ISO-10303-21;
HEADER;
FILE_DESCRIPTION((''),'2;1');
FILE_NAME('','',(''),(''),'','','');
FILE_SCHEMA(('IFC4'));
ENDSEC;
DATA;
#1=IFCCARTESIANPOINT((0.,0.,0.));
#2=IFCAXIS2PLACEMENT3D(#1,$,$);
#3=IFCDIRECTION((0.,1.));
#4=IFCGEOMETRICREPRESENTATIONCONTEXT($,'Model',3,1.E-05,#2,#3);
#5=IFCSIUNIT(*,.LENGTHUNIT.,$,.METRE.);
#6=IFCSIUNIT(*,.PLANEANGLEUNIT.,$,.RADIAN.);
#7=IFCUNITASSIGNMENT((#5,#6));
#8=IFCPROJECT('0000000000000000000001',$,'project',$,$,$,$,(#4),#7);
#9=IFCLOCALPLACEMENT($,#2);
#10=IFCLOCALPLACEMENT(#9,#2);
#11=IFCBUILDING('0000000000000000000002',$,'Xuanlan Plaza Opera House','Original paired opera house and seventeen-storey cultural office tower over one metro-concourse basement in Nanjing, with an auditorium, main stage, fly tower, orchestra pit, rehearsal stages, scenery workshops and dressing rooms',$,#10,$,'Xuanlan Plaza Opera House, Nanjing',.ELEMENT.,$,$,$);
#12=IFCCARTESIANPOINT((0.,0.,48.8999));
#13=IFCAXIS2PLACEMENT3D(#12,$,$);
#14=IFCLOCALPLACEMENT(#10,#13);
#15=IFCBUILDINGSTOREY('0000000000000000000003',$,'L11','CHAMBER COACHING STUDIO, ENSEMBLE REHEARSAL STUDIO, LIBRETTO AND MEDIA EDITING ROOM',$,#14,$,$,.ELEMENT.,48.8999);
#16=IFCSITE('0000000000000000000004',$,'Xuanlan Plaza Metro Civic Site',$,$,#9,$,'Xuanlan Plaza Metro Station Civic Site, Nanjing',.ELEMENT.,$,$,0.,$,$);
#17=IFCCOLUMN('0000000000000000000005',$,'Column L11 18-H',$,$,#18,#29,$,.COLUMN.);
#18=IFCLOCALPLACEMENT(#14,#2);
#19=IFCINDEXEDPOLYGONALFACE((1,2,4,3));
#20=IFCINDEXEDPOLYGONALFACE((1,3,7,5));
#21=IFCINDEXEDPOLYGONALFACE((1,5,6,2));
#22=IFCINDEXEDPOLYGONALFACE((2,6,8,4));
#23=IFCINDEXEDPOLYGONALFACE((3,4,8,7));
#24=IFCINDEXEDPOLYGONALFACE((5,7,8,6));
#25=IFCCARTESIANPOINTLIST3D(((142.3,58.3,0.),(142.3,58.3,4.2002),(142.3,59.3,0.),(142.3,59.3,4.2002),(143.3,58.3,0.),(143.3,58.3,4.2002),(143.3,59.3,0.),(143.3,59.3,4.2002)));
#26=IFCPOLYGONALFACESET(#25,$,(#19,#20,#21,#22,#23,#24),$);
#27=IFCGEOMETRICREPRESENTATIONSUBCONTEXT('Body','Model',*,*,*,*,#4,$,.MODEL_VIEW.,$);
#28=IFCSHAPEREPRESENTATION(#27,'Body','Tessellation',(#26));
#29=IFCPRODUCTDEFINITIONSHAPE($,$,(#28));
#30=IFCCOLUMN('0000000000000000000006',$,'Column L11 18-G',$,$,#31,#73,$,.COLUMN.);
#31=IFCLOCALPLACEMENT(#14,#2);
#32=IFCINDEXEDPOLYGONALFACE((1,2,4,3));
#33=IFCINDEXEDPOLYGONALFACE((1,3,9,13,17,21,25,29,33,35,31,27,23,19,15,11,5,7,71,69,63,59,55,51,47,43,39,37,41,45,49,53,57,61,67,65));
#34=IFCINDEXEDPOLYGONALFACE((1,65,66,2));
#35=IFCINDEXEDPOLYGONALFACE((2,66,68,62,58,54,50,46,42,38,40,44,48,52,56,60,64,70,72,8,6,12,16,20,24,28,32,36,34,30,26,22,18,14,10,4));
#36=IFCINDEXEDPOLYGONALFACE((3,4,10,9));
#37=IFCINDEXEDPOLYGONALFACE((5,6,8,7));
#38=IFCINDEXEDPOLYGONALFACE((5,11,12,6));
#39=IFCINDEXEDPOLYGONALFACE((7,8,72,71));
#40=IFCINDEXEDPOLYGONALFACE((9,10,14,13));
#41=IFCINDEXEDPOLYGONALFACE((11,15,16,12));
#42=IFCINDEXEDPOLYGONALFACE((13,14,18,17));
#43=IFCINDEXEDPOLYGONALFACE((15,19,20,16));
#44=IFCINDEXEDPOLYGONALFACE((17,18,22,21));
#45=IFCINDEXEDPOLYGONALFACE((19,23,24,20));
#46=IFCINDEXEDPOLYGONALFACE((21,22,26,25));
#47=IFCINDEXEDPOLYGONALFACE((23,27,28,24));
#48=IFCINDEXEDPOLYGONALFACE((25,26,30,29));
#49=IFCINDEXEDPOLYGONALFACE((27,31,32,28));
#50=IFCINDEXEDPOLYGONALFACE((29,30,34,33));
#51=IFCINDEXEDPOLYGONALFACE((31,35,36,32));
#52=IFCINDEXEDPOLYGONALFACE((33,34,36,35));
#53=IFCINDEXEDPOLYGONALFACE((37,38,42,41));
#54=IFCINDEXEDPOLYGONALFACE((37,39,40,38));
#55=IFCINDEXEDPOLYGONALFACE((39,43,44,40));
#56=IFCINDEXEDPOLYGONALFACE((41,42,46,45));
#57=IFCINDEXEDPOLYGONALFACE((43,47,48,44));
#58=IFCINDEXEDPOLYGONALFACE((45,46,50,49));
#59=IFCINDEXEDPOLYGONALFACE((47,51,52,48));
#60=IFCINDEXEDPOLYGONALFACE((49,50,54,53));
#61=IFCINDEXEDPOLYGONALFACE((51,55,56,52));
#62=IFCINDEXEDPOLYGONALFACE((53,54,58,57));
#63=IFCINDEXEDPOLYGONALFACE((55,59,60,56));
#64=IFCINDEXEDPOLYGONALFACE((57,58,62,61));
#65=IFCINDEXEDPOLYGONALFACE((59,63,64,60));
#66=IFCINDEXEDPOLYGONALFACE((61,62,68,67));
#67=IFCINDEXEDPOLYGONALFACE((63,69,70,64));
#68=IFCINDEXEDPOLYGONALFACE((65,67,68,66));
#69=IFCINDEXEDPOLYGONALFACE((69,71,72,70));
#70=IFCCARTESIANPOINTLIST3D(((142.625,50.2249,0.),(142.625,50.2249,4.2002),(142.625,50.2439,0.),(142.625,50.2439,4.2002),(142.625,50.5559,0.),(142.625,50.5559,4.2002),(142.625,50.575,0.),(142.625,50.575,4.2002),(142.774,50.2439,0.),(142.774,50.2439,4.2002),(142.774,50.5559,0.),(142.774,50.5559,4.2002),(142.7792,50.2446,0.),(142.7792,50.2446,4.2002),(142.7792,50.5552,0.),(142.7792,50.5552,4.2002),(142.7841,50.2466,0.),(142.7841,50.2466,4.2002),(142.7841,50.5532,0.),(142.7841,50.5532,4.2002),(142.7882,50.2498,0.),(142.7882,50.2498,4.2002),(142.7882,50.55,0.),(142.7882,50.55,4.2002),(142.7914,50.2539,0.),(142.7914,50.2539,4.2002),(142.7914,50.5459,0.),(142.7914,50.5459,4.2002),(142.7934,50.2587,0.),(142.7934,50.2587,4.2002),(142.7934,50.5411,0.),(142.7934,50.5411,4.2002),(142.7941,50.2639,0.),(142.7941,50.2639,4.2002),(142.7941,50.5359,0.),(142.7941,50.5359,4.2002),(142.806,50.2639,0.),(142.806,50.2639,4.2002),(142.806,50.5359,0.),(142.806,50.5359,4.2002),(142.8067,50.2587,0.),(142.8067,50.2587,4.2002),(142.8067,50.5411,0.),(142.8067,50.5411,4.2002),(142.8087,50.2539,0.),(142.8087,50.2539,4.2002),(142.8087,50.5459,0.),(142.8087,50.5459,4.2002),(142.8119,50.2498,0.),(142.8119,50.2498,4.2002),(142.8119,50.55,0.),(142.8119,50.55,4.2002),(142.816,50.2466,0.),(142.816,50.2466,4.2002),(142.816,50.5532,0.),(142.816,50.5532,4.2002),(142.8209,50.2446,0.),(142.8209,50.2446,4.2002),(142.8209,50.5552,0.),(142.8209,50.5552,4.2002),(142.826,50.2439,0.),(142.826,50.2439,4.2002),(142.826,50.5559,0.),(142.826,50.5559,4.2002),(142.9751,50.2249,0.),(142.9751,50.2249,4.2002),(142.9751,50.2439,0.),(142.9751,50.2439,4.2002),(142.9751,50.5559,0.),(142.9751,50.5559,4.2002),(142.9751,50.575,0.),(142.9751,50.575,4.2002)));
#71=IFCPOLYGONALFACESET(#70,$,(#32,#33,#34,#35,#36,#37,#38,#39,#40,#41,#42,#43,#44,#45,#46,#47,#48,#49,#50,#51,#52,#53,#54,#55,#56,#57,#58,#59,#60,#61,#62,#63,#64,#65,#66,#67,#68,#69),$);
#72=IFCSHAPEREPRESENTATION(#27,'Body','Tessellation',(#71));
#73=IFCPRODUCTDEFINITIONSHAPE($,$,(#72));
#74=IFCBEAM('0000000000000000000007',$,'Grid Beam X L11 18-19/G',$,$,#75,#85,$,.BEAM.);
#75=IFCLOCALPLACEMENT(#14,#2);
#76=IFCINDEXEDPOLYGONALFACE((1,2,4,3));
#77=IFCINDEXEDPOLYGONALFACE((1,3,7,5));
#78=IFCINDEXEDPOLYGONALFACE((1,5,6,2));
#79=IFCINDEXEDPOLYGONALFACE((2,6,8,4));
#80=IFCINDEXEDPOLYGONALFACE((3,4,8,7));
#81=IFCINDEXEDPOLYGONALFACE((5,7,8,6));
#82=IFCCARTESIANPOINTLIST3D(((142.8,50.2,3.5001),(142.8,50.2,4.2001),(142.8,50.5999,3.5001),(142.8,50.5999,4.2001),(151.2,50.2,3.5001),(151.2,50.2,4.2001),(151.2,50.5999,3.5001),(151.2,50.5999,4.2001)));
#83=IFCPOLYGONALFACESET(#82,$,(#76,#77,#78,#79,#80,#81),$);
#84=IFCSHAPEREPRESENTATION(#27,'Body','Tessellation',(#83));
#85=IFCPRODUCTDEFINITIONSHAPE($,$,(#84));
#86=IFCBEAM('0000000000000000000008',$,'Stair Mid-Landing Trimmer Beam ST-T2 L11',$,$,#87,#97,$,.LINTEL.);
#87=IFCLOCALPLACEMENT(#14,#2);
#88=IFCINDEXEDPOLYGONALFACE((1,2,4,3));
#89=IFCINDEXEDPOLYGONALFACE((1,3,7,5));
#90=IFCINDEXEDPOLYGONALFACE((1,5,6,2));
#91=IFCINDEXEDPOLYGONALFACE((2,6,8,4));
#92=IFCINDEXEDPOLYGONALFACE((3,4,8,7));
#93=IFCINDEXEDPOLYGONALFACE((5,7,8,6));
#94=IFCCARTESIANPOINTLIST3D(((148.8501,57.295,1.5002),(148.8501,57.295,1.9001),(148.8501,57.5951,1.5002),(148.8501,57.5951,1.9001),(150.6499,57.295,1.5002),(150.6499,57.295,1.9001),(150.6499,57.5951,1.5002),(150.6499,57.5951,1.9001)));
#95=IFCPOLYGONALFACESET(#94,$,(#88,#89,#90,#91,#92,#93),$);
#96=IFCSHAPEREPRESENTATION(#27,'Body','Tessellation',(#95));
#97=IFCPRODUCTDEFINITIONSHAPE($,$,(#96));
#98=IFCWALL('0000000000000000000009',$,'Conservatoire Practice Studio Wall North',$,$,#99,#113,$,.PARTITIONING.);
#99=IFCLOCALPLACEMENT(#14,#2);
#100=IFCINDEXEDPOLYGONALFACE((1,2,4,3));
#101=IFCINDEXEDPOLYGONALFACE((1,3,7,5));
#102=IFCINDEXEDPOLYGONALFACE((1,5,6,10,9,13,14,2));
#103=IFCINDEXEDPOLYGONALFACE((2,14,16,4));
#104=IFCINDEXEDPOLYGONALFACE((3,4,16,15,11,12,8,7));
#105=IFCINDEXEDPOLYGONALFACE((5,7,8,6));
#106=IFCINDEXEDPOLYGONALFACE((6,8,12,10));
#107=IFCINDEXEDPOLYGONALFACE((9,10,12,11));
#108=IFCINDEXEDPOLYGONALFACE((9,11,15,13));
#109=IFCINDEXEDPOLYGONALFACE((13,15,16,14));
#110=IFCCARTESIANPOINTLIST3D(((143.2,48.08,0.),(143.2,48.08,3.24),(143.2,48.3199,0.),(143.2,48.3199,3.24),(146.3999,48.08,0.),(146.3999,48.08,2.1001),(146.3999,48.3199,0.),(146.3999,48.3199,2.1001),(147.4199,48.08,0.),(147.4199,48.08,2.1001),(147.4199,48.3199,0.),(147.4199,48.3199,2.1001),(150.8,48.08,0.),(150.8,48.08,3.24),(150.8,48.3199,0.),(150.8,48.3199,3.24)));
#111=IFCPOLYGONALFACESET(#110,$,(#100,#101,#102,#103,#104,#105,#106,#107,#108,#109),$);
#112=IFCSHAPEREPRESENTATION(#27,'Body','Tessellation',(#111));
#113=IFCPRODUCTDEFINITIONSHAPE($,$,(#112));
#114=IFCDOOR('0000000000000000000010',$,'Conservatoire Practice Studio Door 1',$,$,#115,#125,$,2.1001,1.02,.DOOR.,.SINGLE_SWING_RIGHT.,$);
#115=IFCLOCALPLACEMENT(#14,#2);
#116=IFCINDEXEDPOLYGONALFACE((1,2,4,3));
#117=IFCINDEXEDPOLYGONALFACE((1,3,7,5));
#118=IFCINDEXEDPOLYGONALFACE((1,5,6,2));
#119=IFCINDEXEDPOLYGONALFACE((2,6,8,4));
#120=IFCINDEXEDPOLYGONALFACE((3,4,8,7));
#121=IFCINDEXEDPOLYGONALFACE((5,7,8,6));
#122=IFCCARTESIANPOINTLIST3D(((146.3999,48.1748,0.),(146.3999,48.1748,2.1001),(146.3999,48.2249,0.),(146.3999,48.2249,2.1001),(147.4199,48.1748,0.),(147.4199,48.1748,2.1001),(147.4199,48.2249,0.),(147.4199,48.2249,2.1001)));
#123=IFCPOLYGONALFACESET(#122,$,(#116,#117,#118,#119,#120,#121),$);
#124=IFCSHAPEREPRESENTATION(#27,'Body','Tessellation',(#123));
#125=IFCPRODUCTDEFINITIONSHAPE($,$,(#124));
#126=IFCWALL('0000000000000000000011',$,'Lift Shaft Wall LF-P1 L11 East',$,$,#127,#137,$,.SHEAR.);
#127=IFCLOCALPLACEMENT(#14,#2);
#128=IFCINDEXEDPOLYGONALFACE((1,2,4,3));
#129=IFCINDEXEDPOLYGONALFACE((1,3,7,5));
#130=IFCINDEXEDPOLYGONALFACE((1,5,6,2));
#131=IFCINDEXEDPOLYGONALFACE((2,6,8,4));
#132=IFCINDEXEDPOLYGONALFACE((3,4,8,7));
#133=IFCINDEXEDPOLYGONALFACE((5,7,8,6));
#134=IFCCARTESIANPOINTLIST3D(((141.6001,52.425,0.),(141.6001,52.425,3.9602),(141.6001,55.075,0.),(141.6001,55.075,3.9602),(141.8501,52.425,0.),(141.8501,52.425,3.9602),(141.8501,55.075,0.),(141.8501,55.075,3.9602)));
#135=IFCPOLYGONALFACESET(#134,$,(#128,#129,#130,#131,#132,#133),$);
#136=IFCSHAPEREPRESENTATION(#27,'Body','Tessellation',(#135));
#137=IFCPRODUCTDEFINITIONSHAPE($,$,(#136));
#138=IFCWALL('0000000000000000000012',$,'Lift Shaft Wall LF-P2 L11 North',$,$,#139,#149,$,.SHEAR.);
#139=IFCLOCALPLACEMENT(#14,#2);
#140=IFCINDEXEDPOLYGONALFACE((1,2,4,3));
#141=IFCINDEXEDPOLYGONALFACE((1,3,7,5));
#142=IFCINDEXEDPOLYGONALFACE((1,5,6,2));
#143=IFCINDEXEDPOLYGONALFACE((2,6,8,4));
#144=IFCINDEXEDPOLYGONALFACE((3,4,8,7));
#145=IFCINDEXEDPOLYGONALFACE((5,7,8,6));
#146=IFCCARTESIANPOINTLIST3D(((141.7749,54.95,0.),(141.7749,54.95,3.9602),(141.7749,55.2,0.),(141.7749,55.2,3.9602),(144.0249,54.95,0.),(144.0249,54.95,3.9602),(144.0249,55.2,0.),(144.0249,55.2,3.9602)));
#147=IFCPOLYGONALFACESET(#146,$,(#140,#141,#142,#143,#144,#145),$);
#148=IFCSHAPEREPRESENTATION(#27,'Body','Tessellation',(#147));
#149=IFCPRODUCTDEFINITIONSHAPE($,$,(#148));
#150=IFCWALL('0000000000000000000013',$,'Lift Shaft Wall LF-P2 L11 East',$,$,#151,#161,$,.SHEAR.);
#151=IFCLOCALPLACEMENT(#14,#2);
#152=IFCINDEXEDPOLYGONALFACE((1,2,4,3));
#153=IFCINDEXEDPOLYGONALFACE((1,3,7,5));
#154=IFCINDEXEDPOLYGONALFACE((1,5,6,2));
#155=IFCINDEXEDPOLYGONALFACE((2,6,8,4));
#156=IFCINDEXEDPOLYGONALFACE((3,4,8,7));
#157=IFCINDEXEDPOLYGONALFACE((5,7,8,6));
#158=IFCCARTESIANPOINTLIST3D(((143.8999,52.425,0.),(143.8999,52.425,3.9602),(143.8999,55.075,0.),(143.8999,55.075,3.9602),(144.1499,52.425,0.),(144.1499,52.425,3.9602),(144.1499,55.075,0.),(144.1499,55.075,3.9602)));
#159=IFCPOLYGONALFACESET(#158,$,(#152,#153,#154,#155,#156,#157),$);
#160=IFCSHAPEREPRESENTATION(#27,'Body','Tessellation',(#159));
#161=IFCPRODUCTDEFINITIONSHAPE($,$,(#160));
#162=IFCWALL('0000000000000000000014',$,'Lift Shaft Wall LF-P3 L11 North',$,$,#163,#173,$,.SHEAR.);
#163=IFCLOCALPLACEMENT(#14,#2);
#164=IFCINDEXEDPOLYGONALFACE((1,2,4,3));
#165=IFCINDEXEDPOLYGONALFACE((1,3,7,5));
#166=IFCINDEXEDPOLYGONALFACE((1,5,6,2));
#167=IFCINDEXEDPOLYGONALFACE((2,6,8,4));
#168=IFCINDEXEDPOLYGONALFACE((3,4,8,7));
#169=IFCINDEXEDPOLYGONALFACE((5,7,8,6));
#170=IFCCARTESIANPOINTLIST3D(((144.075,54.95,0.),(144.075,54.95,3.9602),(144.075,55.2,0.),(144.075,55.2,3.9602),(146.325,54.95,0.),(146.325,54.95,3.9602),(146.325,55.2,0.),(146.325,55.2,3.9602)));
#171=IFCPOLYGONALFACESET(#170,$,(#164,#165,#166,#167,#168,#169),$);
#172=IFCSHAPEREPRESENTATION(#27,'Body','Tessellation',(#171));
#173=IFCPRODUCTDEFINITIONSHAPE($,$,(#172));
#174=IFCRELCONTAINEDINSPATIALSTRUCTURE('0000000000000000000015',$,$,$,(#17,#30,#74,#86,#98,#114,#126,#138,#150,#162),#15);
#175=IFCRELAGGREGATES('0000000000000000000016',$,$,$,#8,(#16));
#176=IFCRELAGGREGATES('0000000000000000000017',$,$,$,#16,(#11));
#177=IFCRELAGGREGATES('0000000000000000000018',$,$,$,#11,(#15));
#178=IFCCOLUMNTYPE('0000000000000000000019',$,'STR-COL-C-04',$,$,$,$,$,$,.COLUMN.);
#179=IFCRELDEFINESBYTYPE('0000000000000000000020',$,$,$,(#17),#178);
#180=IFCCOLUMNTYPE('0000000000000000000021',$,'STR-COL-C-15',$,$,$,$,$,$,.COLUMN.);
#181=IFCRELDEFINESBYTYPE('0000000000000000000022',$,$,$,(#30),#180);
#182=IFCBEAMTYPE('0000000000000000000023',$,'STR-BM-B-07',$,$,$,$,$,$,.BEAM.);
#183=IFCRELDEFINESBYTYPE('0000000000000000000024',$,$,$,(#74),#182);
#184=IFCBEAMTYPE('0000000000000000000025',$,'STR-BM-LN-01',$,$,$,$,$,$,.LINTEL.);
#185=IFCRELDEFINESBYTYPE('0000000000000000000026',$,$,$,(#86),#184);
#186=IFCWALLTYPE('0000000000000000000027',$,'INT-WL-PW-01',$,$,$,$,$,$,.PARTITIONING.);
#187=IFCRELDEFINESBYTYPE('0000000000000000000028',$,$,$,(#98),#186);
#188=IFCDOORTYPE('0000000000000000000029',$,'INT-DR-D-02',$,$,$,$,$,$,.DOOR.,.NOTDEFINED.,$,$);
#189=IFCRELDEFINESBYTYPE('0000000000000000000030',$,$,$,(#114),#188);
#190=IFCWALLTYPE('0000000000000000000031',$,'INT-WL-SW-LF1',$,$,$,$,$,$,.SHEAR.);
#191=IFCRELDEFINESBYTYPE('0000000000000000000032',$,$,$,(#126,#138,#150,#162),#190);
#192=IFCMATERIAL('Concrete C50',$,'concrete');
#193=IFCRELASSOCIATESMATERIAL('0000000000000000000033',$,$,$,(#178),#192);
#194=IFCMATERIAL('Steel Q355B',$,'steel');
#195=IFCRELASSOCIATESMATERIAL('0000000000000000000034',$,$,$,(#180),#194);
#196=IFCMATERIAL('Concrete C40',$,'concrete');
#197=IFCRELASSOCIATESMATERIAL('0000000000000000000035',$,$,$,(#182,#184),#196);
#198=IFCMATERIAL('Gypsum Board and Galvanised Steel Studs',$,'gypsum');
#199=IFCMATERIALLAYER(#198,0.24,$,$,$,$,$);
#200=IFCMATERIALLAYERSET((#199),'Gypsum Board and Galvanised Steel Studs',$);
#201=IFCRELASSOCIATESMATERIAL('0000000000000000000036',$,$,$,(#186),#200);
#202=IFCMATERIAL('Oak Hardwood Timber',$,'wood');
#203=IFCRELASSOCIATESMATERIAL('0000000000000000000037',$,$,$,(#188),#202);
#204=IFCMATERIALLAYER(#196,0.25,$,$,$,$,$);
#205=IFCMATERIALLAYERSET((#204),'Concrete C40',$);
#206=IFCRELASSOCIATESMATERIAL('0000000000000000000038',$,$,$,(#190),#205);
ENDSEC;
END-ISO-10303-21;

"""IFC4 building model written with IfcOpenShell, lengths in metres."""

from ifc_helpers import new_model, si_unit, direction, frame, frame_2d, origin, origin_2d, place, context, subcontext, project, spatial, rectangle, i_section, extrude, material, layer, layer_set, material_profile, profile_set, type_object, element, fill, save


model = new_model("IFC4")

# Units and contexts
model_context = context("Model", 3, precision=1e-05, world=origin(), true_north=direction((0.0, 1.0)))
body_context = subcontext(model_context, "Body", "Model", "MODEL_VIEW")
ifc_project = project(units=[si_unit("LENGTHUNIT", "METRE"), si_unit("PLANEANGLEUNIT", "RADIAN")], contexts=[model_context])

# Site, building, storey
site_placement = place(None, origin())
site = spatial("IfcSite", under=ifc_project, at=site_placement, Name="Xuanlan Plaza Metro Civic Site", LongName="Xuanlan Plaza Metro Station Civic Site, Nanjing", CompositionType="ELEMENT", RefElevation=0.0)
building_placement = place(site_placement, origin())
building = spatial("IfcBuilding", under=site, at=building_placement, Name="Xuanlan Plaza Opera House", Description="Original paired opera house and seventeen-storey cultural office tower over one metro-concourse basement in Nanjing, with an auditorium, main stage, fly tower, orchestra pit, rehearsal stages, scenery workshops and dressing rooms", LongName="Xuanlan Plaza Opera House, Nanjing", CompositionType="ELEMENT")
storey_placement = place(building_placement, frame((0.0, 0.0, 48.8999)))
storey = spatial("IfcBuildingStorey", under=building, at=storey_placement, Name="L11", Description="CHAMBER COACHING STUDIO, ENSEMBLE REHEARSAL STUDIO, LIBRETTO AND MEDIA EDITING ROOM", CompositionType="ELEMENT", Elevation=48.8999)

# Columns
ifc_material_1 = material(Name="Concrete C50", Category="concrete")
ifc_material_profile_1 = material_profile(ifc_material_1, rectangle(XDim=1.0, YDim=1.0, at=origin_2d()), Name="RC-COL 1000x1000")
ifc_profile_set_1 = profile_set([ifc_material_profile_1], Name="Concrete C50")
column_type_1 = type_object("IfcColumnType", Name="STR-COL-C-04", PredefinedType="COLUMN", material=ifc_profile_set_1)
column_1_placement = place(storey_placement, frame((142.8, 58.8, 0.0), z_axis=(0.0, 0.0, 1.0), x_axis=(1.0, 0.0, 0.0)))
element("IfcColumn", 1, at=column_1_placement, inside=storey, type_object=column_type_1, Name="Column L11 18-H", PredefinedType="COLUMN", context=body_context, shape_type="SweptSolid", body=[
    extrude(rectangle(XDim=1.0, YDim=1.0, at=origin_2d()), origin(), (0.0, 0.0, 1.0), 4.2002),
])
ifc_material_2 = material(Name="Steel Q355B", Category="steel")
ifc_material_profile_2 = material_profile(ifc_material_2, i_section(OverallWidth=0.3501, OverallDepth=0.3501, WebThickness=0.012, FlangeThickness=0.019, FilletRadius=0.02, at=origin_2d()), Name="HW 350x350x12x19")
ifc_profile_set_2 = profile_set([ifc_material_profile_2], Name="Steel Q355B")
column_type_2 = type_object("IfcColumnType", Name="STR-COL-C-15", PredefinedType="COLUMN", material=ifc_profile_set_2)
column_2_placement = place(storey_placement, frame((142.8, 50.3999, 0.0), z_axis=(0.0, 0.0, 1.0), x_axis=(1.0, 0.0, 0.0)))
element("IfcColumn", 2, at=column_2_placement, inside=storey, type_object=column_type_2, Name="Column L11 18-G", PredefinedType="COLUMN", context=body_context, shape_type="SweptSolid", body=[
    extrude(i_section(OverallWidth=0.3501, OverallDepth=0.3501, WebThickness=0.012, FlangeThickness=0.019, FilletRadius=0.02, at=origin_2d()), origin(), (0.0, 0.0, 1.0), 4.2002),
])

# Beams
ifc_material_3 = material(Name="Concrete C40", Category="concrete")
ifc_material_profile_3 = material_profile(ifc_material_3, rectangle(XDim=0.3999, YDim=0.7, at=origin_2d()), Name="RC-BM 400x700")
ifc_profile_set_3 = profile_set([ifc_material_profile_3], Name="Concrete C40")
beam_type_1 = type_object("IfcBeamType", Name="STR-BM-B-07", PredefinedType="BEAM", material=ifc_profile_set_3)
beam_1_placement = place(storey_placement, frame((142.8, 50.3999, 3.8501), z_axis=(1.0, 0.0, 0.0), x_axis=(0.0, 1.0, 0.0)))
element("IfcBeam", 3, at=beam_1_placement, inside=storey, type_object=beam_type_1, Name="Grid Beam X L11 18-19/G", PredefinedType="BEAM", context=body_context, shape_type="SweptSolid", body=[
    extrude(rectangle(XDim=0.3999, YDim=0.7, at=origin_2d()), origin(), (0.0, 0.0, 1.0), 8.3999),
])
ifc_material_profile_4 = material_profile(ifc_material_3, rectangle(XDim=0.3, YDim=0.3999, at=origin_2d()), Name="RC-LNT 300x400")
ifc_profile_set_4 = profile_set([ifc_material_profile_4], Name="Concrete C40")
beam_type_2 = type_object("IfcBeamType", Name="STR-BM-LN-01", PredefinedType="LINTEL", material=ifc_profile_set_4)
beam_2_placement = place(storey_placement, frame((148.8501, 57.4451, 1.7002), z_axis=(1.0, 0.0, 0.0), x_axis=(0.0, 1.0, 0.0)))
element("IfcBeam", 4, at=beam_2_placement, inside=storey, type_object=beam_type_2, Name="Stair Mid-Landing Trimmer Beam ST-T2 L11", PredefinedType="LINTEL", context=body_context, shape_type="SweptSolid", body=[
    extrude(rectangle(XDim=0.3, YDim=0.3999, at=origin_2d()), origin(), (0.0, 0.0, 1.0), 1.7998),
])

# Wall, opening, door
ifc_material_4 = material(Name="Gypsum Board and Galvanised Steel Studs", Category="gypsum")
ifc_layer_1 = layer(ifc_material_4, 0.24)
ifc_layer_set_1 = layer_set([ifc_layer_1], Name="Gypsum Board and Galvanised Steel Studs")
wall_type_1 = type_object("IfcWallType", Name="INT-WL-PW-01", PredefinedType="PARTITIONING", material=ifc_layer_set_1)
wall_1_placement = place(storey_placement, frame((143.2, 48.2, 0.0), z_axis=(0.0, 0.0, 1.0), x_axis=(1.0, 0.0, 0.0)))
wall_1 = element("IfcWall", 5, at=wall_1_placement, inside=storey, type_object=wall_type_1, Name="Conservatoire Practice Studio Wall North", PredefinedType="PARTITIONING", context=body_context, shape_type="SweptSolid", body=[
    extrude(rectangle(XDim=7.6001, YDim=0.24, at=frame_2d((3.8, 0.0))), origin(), (0.0, 0.0, 1.0), 3.24),
])
opening_1_placement = place(wall_1_placement, frame((3.2, 0.0, 0.0)))
opening_1 = element("IfcOpeningElement", 6, at=opening_1_placement, cuts=wall_1, PredefinedType="OPENING", context=body_context, shape_type="SweptSolid", body=[
    extrude(rectangle(XDim=1.02, YDim=2.1001, at=frame_2d((0.51, 1.05))), frame((0.0, 0.1299, 0.0), z_axis=(0.0, -1.0, 0.0), x_axis=(1.0, 0.0, 0.0)), (0.0, 0.0, 1.0), 0.26),
])
ifc_material_5 = material(Name="Oak Hardwood Timber", Category="wood")
door_type_1 = type_object("IfcDoorType", Name="INT-DR-D-02", OperationType="NOTDEFINED", PredefinedType="DOOR", material=ifc_material_5)
door_1_placement = place(opening_1_placement, origin())
door_1 = element("IfcDoor", 7, at=door_1_placement, inside=storey, type_object=door_type_1, Name="Conservatoire Practice Studio Door 1", OperationType="SINGLE_SWING_RIGHT", OverallHeight=2.1001, OverallWidth=1.02, PredefinedType="DOOR", context=body_context, shape_type="SweptSolid", body=[
    extrude(rectangle(XDim=1.02, YDim=2.1001, at=frame_2d((0.51, 1.05))), frame((0.0, 0.0249, 0.0), z_axis=(0.0, -1.0, 0.0), x_axis=(1.0, 0.0, 0.0)), (0.0, 0.0, 1.0), 0.05),
])
fill(opening_1, door_1)

# Wall
ifc_layer_2 = layer(ifc_material_3, 0.25)
ifc_layer_set_2 = layer_set([ifc_layer_2], Name="Concrete C40")
wall_type_2 = type_object("IfcWallType", Name="INT-WL-SW-LF1", PredefinedType="SHEAR", material=ifc_layer_set_2)
wall_2_placement = place(storey_placement, frame((141.7251, 52.425, 0.0), z_axis=(0.0, 0.0, 1.0), x_axis=(0.0, 1.0, 0.0)))
element("IfcWall", 8, at=wall_2_placement, inside=storey, type_object=wall_type_2, Name="Lift Shaft Wall LF-P1 L11 East", PredefinedType="SHEAR", context=body_context, shape_type="SweptSolid", body=[
    extrude(rectangle(XDim=2.6499, YDim=0.25, at=frame_2d((1.325, 0.0))), origin(), (0.0, 0.0, 1.0), 3.9602),
])

# Walls
wall_3_placement = place(storey_placement, frame((141.7749, 55.075, 0.0), z_axis=(0.0, 0.0, 1.0), x_axis=(1.0, 0.0, 0.0)))
element("IfcWall", 9, at=wall_3_placement, inside=storey, type_object=wall_type_2, Name="Lift Shaft Wall LF-P2 L11 North", PredefinedType="SHEAR", context=body_context, shape_type="SweptSolid", body=[
    extrude(rectangle(XDim=2.25, YDim=0.25, at=frame_2d((1.125, 0.0))), origin(), (0.0, 0.0, 1.0), 3.9602),
])
wall_4_placement = place(storey_placement, frame((144.0249, 52.425, 0.0), z_axis=(0.0, 0.0, 1.0), x_axis=(0.0, 1.0, 0.0)))
element("IfcWall", 10, at=wall_4_placement, inside=storey, type_object=wall_type_2, Name="Lift Shaft Wall LF-P2 L11 East", PredefinedType="SHEAR", context=body_context, shape_type="SweptSolid", body=[
    extrude(rectangle(XDim=2.6499, YDim=0.25, at=frame_2d((1.325, 0.0))), origin(), (0.0, 0.0, 1.0), 3.9602),
])

# Wall
wall_5_placement = place(storey_placement, frame((144.075, 55.075, 0.0), z_axis=(0.0, 0.0, 1.0), x_axis=(1.0, 0.0, 0.0)))
element("IfcWall", 11, at=wall_5_placement, inside=storey, type_object=wall_type_2, Name="Lift Shaft Wall LF-P3 L11 North", PredefinedType="SHEAR", context=body_context, shape_type="SweptSolid", body=[
    extrude(rectangle(XDim=2.25, YDim=0.25, at=frame_2d((1.125, 0.0))), origin(), (0.0, 0.0, 1.0), 3.9602),
])

save(model, "model.ifc")
